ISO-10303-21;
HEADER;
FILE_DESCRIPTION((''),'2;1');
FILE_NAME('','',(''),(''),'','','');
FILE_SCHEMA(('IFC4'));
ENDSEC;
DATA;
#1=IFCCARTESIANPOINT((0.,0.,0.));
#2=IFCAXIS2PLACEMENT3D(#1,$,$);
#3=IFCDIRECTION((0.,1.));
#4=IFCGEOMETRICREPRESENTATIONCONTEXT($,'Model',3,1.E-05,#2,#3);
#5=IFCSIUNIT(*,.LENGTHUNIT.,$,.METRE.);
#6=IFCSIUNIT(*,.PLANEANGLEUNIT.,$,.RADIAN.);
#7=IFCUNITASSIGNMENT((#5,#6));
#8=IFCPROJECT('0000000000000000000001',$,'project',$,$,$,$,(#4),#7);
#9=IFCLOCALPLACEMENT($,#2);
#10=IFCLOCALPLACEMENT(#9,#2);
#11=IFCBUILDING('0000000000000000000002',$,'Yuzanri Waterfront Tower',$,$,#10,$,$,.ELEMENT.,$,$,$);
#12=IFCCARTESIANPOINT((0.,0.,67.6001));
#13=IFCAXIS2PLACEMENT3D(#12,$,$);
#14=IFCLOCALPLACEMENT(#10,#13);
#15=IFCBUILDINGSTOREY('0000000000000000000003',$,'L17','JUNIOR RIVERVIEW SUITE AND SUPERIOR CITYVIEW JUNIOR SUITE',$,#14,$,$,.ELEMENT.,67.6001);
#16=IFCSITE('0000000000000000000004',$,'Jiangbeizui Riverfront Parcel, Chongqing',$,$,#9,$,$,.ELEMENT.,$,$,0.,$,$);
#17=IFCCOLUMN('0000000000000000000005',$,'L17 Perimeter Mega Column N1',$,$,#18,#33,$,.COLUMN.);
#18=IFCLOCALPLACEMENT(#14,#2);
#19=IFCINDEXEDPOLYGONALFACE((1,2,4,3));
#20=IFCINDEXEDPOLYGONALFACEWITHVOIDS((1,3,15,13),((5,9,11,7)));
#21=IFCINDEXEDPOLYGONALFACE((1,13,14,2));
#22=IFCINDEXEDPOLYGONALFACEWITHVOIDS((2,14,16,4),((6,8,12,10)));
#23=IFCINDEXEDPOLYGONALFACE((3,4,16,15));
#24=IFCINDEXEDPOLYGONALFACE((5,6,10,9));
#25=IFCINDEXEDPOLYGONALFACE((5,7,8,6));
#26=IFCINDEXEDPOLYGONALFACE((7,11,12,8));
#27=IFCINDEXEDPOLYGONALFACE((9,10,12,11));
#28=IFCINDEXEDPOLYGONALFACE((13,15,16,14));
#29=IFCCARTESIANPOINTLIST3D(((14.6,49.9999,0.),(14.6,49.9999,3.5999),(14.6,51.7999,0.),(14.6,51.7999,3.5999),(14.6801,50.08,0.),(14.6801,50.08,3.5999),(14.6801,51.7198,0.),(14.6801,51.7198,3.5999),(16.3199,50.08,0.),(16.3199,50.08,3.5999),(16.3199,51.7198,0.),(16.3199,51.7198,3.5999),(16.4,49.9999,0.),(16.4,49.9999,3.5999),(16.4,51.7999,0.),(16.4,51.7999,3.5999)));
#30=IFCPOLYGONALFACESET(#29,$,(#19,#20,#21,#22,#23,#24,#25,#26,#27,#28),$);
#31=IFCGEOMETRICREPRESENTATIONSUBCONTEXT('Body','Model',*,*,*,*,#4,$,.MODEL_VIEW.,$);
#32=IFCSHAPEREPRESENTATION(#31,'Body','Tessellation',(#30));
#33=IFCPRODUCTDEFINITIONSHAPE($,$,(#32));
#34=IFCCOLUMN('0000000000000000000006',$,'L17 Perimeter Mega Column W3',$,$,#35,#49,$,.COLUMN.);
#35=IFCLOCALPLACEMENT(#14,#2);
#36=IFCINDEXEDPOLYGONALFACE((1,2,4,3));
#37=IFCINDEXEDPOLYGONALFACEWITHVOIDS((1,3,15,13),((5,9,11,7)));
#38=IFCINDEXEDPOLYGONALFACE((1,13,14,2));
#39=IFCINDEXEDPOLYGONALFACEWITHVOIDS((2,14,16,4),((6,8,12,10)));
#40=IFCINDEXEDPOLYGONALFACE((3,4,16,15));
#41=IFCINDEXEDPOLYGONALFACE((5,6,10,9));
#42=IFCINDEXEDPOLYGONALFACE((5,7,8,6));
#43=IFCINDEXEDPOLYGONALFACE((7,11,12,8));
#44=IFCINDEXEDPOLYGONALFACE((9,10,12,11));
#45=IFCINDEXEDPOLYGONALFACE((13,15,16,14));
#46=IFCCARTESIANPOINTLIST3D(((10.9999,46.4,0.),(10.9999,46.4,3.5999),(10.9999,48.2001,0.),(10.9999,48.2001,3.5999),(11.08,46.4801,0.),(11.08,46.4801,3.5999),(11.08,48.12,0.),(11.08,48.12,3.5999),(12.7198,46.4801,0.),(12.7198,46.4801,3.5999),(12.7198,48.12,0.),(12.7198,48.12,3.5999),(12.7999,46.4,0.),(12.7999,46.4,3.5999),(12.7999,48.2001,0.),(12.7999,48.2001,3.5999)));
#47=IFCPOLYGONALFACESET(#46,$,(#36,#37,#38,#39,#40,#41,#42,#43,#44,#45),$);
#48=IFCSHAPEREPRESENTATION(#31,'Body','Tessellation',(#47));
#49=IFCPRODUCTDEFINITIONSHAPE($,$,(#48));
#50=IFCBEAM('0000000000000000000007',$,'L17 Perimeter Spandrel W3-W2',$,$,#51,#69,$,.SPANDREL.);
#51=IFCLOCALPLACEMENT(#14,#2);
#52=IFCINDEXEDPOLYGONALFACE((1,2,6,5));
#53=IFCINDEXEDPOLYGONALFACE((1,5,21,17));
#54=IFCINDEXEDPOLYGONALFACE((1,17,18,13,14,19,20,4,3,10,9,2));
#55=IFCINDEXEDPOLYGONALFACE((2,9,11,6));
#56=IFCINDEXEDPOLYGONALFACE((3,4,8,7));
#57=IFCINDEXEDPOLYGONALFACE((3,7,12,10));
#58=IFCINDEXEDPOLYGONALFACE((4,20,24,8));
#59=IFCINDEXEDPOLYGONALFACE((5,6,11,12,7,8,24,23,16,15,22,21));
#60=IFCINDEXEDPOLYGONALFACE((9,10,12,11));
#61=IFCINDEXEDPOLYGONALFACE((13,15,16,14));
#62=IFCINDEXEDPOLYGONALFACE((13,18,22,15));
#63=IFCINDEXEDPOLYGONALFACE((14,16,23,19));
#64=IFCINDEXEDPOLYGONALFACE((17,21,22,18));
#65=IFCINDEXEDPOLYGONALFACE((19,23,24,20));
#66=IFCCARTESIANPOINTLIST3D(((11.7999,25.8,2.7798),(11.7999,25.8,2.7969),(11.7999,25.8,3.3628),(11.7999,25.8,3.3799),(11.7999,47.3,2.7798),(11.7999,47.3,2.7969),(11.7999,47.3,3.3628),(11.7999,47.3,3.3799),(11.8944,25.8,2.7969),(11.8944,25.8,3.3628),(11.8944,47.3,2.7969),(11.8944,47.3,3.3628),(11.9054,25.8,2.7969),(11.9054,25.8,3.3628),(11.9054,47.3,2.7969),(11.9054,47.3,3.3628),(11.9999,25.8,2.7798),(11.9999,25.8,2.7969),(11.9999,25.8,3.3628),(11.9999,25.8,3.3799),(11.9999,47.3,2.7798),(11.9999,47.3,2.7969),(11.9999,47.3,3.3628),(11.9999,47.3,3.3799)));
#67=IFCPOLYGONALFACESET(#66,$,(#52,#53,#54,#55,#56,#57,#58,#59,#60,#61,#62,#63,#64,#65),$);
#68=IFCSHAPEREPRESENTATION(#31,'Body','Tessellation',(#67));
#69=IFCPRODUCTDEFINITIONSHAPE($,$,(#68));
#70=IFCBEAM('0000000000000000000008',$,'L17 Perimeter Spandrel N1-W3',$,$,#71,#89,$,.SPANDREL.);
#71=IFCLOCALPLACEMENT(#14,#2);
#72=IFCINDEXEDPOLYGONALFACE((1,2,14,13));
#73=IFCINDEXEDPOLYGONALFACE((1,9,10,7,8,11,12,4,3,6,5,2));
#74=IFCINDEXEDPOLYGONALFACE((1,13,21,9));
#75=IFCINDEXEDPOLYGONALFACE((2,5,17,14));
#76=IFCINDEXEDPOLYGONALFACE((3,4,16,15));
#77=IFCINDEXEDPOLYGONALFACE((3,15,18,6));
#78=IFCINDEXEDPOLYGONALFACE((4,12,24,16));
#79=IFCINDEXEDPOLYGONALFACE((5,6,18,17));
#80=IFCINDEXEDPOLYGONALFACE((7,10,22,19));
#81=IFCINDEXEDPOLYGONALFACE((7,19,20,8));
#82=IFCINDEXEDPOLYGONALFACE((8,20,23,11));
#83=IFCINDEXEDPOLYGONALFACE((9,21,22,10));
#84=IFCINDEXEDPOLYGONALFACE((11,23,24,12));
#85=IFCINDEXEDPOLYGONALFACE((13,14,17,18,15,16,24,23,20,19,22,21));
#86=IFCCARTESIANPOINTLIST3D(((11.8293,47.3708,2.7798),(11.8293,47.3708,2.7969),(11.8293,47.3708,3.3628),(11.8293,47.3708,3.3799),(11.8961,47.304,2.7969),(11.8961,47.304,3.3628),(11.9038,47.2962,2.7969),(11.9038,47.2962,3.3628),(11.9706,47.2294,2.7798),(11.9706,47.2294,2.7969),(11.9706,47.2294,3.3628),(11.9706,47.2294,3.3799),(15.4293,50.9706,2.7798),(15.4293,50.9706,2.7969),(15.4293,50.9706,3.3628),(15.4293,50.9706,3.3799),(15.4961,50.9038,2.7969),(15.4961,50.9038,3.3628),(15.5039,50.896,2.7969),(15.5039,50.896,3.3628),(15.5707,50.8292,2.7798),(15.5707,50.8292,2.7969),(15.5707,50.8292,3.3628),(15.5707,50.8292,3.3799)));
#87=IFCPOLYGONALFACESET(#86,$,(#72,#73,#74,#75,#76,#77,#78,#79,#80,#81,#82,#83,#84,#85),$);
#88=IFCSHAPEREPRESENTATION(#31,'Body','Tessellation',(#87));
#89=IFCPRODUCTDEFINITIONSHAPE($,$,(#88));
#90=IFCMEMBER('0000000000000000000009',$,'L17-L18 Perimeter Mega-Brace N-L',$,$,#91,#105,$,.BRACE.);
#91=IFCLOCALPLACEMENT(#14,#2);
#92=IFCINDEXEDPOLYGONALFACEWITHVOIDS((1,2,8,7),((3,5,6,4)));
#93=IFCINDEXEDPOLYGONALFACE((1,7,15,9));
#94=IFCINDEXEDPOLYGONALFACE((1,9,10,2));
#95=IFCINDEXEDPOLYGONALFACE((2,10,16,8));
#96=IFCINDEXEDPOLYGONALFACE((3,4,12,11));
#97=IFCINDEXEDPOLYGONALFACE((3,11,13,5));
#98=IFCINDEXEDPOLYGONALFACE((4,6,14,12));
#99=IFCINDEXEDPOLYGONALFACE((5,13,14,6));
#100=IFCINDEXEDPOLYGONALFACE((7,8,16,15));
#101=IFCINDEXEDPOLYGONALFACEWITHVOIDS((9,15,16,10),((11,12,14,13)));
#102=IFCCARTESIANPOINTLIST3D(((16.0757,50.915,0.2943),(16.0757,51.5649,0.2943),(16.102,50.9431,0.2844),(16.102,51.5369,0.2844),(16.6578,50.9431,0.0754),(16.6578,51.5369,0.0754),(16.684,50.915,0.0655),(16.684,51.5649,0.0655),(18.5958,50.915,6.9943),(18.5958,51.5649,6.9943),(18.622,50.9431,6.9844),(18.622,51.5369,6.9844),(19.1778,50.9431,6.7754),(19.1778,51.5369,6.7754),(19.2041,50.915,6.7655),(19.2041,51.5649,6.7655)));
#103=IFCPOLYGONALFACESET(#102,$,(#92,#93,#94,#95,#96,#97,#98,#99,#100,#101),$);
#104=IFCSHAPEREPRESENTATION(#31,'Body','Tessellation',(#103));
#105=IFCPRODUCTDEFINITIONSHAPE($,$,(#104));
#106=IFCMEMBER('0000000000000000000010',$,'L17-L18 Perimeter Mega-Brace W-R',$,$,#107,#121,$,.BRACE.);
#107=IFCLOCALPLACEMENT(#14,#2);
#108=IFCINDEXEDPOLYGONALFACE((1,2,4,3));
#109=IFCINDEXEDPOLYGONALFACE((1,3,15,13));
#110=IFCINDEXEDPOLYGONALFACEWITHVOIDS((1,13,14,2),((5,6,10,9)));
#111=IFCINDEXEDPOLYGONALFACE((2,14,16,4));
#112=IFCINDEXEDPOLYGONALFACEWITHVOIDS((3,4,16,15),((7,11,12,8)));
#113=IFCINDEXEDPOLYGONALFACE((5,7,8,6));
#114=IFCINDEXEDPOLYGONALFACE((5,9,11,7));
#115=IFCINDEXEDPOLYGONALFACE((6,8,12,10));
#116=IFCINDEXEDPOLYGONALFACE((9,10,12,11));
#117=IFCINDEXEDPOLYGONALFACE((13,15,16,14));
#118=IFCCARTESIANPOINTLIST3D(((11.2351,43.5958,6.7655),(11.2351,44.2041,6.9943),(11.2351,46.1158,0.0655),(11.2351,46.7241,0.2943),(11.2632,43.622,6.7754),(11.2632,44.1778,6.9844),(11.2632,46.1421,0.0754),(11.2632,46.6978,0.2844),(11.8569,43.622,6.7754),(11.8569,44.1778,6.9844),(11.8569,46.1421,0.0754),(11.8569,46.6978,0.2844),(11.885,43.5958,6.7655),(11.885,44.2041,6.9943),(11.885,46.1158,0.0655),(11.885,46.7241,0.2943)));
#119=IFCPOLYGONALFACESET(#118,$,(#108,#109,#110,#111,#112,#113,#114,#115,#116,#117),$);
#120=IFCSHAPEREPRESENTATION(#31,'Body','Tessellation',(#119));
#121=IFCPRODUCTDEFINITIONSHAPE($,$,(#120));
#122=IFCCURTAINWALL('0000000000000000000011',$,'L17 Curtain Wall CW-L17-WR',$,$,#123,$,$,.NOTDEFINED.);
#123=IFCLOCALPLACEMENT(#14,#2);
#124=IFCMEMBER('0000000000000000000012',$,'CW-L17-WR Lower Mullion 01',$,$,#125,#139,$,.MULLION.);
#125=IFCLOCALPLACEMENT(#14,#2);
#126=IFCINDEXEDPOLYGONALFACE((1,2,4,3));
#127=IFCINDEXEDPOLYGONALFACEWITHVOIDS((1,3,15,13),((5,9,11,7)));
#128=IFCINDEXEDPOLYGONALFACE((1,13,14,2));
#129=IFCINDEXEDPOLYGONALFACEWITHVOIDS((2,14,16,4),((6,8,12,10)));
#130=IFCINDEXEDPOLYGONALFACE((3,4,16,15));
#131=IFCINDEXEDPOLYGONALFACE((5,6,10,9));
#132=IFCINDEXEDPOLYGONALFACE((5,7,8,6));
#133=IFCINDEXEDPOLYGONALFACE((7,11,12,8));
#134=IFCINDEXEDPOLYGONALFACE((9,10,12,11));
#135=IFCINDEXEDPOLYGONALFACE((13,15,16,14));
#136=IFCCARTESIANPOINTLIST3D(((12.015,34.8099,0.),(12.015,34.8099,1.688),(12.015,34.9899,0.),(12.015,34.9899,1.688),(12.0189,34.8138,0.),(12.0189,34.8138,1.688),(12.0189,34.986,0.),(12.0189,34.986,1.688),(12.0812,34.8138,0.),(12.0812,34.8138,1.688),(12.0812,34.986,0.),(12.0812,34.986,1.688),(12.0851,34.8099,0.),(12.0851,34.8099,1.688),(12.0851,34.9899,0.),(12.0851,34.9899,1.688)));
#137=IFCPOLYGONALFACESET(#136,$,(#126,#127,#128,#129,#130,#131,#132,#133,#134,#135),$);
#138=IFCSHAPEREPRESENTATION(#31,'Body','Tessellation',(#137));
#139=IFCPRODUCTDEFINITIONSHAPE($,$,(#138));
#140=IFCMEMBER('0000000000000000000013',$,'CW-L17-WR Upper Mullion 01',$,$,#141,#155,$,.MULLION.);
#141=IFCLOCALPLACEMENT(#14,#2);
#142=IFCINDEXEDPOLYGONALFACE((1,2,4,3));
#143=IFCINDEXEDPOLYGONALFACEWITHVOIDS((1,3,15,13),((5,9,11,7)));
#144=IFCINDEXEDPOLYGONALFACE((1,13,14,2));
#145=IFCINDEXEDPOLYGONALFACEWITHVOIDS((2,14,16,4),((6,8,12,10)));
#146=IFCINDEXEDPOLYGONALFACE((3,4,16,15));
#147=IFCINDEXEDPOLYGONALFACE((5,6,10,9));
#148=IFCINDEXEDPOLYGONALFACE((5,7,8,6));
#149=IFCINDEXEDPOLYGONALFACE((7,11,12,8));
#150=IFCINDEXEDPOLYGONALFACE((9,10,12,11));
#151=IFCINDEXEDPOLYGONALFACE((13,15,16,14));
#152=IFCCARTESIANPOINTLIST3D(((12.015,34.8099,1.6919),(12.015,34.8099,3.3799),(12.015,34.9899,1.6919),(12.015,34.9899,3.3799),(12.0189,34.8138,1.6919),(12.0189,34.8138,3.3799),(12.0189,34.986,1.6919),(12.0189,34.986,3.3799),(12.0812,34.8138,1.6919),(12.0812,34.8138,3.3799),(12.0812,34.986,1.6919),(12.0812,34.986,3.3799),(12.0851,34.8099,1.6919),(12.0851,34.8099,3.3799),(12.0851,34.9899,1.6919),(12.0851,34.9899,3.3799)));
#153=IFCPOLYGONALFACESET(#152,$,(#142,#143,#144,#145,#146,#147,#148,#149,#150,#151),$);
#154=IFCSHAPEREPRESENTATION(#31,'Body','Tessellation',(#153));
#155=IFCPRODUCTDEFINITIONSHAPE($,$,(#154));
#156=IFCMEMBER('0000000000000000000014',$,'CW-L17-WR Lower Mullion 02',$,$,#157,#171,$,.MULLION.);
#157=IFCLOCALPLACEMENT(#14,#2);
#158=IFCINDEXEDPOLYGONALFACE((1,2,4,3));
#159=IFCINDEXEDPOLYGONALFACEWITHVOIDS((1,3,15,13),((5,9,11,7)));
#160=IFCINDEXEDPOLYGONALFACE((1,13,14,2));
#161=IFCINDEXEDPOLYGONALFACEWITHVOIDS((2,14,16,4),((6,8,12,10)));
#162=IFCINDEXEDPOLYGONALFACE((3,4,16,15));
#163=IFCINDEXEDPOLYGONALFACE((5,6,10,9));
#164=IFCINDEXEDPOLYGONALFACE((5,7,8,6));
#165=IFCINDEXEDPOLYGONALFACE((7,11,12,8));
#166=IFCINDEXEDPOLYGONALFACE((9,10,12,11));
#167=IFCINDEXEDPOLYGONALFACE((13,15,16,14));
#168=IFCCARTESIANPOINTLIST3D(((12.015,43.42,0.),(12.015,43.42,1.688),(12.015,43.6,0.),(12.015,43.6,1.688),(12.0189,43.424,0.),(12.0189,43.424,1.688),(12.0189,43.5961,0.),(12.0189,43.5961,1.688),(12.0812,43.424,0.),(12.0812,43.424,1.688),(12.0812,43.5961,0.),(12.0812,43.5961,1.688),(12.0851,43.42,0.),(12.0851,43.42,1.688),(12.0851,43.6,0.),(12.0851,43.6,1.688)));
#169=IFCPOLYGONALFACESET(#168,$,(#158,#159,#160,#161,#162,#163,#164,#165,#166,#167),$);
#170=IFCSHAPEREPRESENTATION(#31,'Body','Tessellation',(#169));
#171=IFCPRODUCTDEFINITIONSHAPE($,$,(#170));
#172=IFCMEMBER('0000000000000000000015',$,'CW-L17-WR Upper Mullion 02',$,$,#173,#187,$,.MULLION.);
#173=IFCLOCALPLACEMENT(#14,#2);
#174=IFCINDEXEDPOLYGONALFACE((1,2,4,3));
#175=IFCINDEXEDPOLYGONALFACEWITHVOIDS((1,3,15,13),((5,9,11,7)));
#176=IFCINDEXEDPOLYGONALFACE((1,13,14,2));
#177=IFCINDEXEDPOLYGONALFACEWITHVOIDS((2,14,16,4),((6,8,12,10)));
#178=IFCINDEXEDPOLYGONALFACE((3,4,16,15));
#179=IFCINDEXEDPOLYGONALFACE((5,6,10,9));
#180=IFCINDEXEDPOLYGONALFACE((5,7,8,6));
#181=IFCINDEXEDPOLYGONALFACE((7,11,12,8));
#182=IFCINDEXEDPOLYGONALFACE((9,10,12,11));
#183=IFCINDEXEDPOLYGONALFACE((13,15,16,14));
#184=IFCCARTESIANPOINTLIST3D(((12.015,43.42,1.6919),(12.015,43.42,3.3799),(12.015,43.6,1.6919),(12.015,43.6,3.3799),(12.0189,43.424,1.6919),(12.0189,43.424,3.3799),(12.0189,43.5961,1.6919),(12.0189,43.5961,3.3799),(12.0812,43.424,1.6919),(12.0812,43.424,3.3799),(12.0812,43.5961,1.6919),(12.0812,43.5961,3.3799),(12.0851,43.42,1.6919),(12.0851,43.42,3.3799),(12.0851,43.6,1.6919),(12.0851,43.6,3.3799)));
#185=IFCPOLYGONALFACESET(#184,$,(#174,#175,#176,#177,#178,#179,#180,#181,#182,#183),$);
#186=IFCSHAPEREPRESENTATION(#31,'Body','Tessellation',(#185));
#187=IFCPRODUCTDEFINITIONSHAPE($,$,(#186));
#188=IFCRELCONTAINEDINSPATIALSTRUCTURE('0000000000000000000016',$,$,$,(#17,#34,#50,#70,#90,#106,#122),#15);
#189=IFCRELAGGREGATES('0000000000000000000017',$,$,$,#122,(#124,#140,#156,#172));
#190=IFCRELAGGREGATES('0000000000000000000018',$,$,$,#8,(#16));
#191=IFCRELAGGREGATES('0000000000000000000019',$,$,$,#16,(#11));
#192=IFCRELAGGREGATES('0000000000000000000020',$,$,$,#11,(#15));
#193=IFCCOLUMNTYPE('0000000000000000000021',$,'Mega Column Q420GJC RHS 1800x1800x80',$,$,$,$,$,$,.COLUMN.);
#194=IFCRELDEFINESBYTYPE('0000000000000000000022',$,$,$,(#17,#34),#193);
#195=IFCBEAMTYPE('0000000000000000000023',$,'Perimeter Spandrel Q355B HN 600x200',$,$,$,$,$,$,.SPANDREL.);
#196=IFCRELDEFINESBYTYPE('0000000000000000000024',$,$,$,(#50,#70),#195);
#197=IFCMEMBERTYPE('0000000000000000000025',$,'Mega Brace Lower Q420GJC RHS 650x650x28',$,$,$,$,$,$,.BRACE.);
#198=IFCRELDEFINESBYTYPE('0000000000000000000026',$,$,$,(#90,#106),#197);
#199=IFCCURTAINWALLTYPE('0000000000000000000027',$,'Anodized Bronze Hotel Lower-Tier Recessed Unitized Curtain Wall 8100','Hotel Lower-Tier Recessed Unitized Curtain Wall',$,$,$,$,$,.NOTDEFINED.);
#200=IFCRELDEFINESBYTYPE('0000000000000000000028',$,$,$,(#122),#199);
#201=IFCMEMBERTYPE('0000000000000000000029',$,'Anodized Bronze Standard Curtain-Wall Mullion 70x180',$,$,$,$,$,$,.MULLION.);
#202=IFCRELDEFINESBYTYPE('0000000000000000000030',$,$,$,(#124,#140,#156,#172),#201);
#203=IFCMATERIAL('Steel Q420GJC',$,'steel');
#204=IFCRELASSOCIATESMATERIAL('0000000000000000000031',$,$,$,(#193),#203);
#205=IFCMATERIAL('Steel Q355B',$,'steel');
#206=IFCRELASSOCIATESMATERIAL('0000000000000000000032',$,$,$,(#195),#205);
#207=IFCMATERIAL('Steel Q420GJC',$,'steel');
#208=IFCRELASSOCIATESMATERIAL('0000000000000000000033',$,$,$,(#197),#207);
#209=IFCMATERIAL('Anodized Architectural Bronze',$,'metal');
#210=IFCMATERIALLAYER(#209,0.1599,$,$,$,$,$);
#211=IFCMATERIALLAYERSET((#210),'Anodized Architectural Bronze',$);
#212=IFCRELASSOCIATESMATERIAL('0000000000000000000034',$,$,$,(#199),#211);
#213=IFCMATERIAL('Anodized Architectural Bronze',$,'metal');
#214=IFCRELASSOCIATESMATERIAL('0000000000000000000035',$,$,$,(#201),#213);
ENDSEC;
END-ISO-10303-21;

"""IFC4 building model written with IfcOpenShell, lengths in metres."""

from ifc_helpers import new_model, si_unit, direction, frame, origin, origin_2d, place, context, subcontext, project, spatial, hollow_rectangle, i_section, extrude, source, transform, mapped, material, layer, layer_set, material_profile, profile_set, type_object, element, aggregate, save


model = new_model("IFC4")

# Units and contexts
model_context = context("Model", 3, precision=1e-05, world=origin(), true_north=direction((0.0, 1.0)))
body_context = subcontext(model_context, "Body", "Model", "MODEL_VIEW")
ifc_project = project(units=[si_unit("LENGTHUNIT", "METRE"), si_unit("PLANEANGLEUNIT", "RADIAN")], contexts=[model_context])

# Site, building, storey
site_placement = place(None, origin())
site = spatial("IfcSite", under=ifc_project, at=site_placement, Name="Jiangbeizui Riverfront Parcel, Chongqing", CompositionType="ELEMENT", RefElevation=0.0)
building_placement = place(site_placement, origin())
building = spatial("IfcBuilding", under=site, at=building_placement, Name="Yuzanri Waterfront Tower", CompositionType="ELEMENT")
storey_placement = place(building_placement, frame((0.0, 0.0, 67.6001)))
storey = spatial("IfcBuildingStorey", under=building, at=storey_placement, Name="L17", Description="JUNIOR RIVERVIEW SUITE AND SUPERIOR CITYVIEW JUNIOR SUITE", CompositionType="ELEMENT", Elevation=67.6001)

# Columns
ifc_material_1 = material(Name="Steel Q420GJC", Category="steel")
ifc_material_profile_1 = material_profile(ifc_material_1, hollow_rectangle(XDim=1.8, YDim=1.8, WallThickness=0.0801, at=origin_2d()), Name="RHS 1800x1800x80")
ifc_profile_set_1 = profile_set([ifc_material_profile_1], Name="Steel Q420GJC")
column_type = type_object("IfcColumnType", Name="Mega Column Q420GJC RHS 1800x1800x80", PredefinedType="COLUMN", material=ifc_profile_set_1)
shared_shape_1 = source(origin(), body_context, "Body", "SweptSolid", [
    extrude(hollow_rectangle(XDim=1.8, YDim=1.8, WallThickness=0.0801, at=origin_2d()), origin(), (0.0, 0.0, 1.0), 3.5999),
])
for number, where, z_axis, x_axis, name in (
    (1, (15.5, 50.8999, 0.0), (0.0, 0.0, 1.0), (1.0, 0.0, 0.0), "L17 Perimeter Mega Column N1"),
    (2, (11.8999, 47.3, 0.0), (0.0, 0.0, 1.0), (1.0, 0.0, 0.0), "L17 Perimeter Mega Column W3"),
):
    element("IfcColumn", number, at=place(storey_placement, frame(where, z_axis=z_axis, x_axis=x_axis)), inside=storey, type_object=column_type, Name=name, PredefinedType="COLUMN", context=body_context, shape_type="MappedRepresentation", body=[
        mapped(shared_shape_1, transform((0.0, 0.0, 0.0), scale=1.0)),
    ])

# Beams
ifc_material_2 = material(Name="Steel Q355B", Category="steel")
ifc_material_profile_2 = material_profile(ifc_material_2, i_section(OverallWidth=0.2, OverallDepth=0.6001, WebThickness=0.011, FlangeThickness=0.0171, at=origin_2d()), Name="HN 600x200x11x17")
ifc_profile_set_2 = profile_set([ifc_material_profile_2], Name="Steel Q355B")
beam_type = type_object("IfcBeamType", Name="Perimeter Spandrel Q355B HN 600x200", PredefinedType="SPANDREL", material=ifc_profile_set_2)
shared_shape_2 = source(origin(), body_context, "Body", "SweptSolid", [
    extrude(i_section(OverallWidth=0.2, OverallDepth=0.6001, WebThickness=0.011, FlangeThickness=0.0171, at=origin_2d()), origin(), (0.0, 0.0, 1.0), 21.5),
])
beam_1_placement = place(storey_placement, frame((11.8999, 47.3, 3.0798), z_axis=(0.0, -1.0, 0.0), x_axis=(1.0, 0.0, 0.0)))
element("IfcBeam", 3, at=beam_1_placement, inside=storey, type_object=beam_type, Name="L17 Perimeter Spandrel W3-W2", PredefinedType="SPANDREL", context=body_context, shape_type="MappedRepresentation", body=[
    mapped(shared_shape_2, transform((0.0, 0.0, 0.0), scale=1.0)),
])
shared_shape_3 = source(origin(), body_context, "Body", "SweptSolid", [
    extrude(i_section(OverallWidth=0.2, OverallDepth=0.6001, WebThickness=0.011, FlangeThickness=0.0171, at=origin_2d()), origin(), (0.0, 0.0, 1.0), 5.0911),
])
beam_2_placement = place(storey_placement, frame((15.5, 50.8999, 3.0798), z_axis=(-0.707131, -0.707083, 0.0), x_axis=(0.707083, -0.707131, 0.0)))
element("IfcBeam", 4, at=beam_2_placement, inside=storey, type_object=beam_type, Name="L17 Perimeter Spandrel N1-W3", PredefinedType="SPANDREL", context=body_context, shape_type="MappedRepresentation", body=[
    mapped(shared_shape_3, transform((0.0, 0.0, 0.0), scale=1.0)),
])

# Members
ifc_material_3 = material(Name="Steel Q420GJC", Category="steel")
ifc_material_profile_3 = material_profile(ifc_material_3, hollow_rectangle(XDim=0.6499, YDim=0.6499, WallThickness=0.0281, at=origin_2d()), Name="RHS 650x650x28")
ifc_profile_set_3 = profile_set([ifc_material_profile_3], Name="Steel Q420GJC")
member_type_1 = type_object("IfcMemberType", Name="Mega Brace Lower Q420GJC RHS 650x650x28", PredefinedType="BRACE", material=ifc_profile_set_3)
shared_shape_4 = source(origin(), body_context, "Body", "SweptSolid", [
    extrude(hollow_rectangle(XDim=0.6499, YDim=0.6499, WallThickness=0.0281, at=origin_2d()), origin(), (0.0, 0.0, 1.0), 7.1582),
])
for number, where, z_axis, x_axis, name in (
    (5, (16.3799, 51.24, 0.1799), (0.352046, 0.0, 0.935983), (0.0, 1.0, 0.0), "L17-L18 Perimeter Mega-Brace N-L"),
    (6, (11.5601, 46.4199, 0.1799), (0.0, -0.352046, 0.935983), (1.0, 0.0, 0.0), "L17-L18 Perimeter Mega-Brace W-R"),
):
    element("IfcMember", number, at=place(storey_placement, frame(where, z_axis=z_axis, x_axis=x_axis)), inside=storey, type_object=member_type_1, Name=name, PredefinedType="BRACE", context=body_context, shape_type="MappedRepresentation", body=[
        mapped(shared_shape_4, transform((0.0, 0.0, 0.0), scale=1.0)),
    ])

# Curtain wall, members
ifc_material_4 = material(Name="Anodized Architectural Bronze", Category="metal")
ifc_layer_1 = layer(ifc_material_4, 0.1599)
ifc_layer_set_1 = layer_set([ifc_layer_1], Name="Anodized Architectural Bronze")
curtain_wall_type = type_object("IfcCurtainWallType", Name="Anodized Bronze Hotel Lower-Tier Recessed Unitized Curtain Wall 8100", Description="Hotel Lower-Tier Recessed Unitized Curtain Wall", PredefinedType="NOTDEFINED", material=ifc_layer_set_1)
curtain_wall_placement = place(storey_placement, origin())
curtain_wall = element("IfcCurtainWall", 7, at=curtain_wall_placement, inside=storey, type_object=curtain_wall_type, Name="L17 Curtain Wall CW-L17-WR", PredefinedType="NOTDEFINED")
ifc_material_5 = material(Name="Anodized Architectural Bronze", Category="metal")
ifc_material_profile_4 = material_profile(ifc_material_5, hollow_rectangle(XDim=0.0701, YDim=0.1799, WallThickness=0.0039, at=origin_2d()), Name="CWM 70x180")
ifc_profile_set_4 = profile_set([ifc_material_profile_4], Name="Anodized Architectural Bronze")
member_type_2 = type_object("IfcMemberType", Name="Anodized Bronze Standard Curtain-Wall Mullion 70x180", PredefinedType="MULLION", material=ifc_profile_set_4)
shared_shape_5 = source(origin(), body_context, "Body", "SweptSolid", [
    extrude(hollow_rectangle(XDim=0.0701, YDim=0.1799, WallThickness=0.0039, at=origin_2d()), origin(), (0.0, 0.0, 1.0), 1.688),
])
member_1_placement = place(storey_placement, frame((12.05, 34.8999, 0.0), z_axis=(0.0, 0.0, 1.0), x_axis=(1.0, 0.0, 0.0)))
member_1 = element("IfcMember", 8, at=member_1_placement, type_object=member_type_2, Name="CW-L17-WR Lower Mullion 01", PredefinedType="MULLION", context=body_context, shape_type="MappedRepresentation", body=[
    mapped(shared_shape_5, transform((0.0, 0.0, 0.0), scale=1.0)),
])
member_2_placement = place(storey_placement, frame((12.05, 34.8999, 1.6919), z_axis=(0.0, 0.0, 1.0), x_axis=(1.0, 0.0, 0.0)))
member_2 = element("IfcMember", 9, at=member_2_placement, type_object=member_type_2, Name="CW-L17-WR Upper Mullion 01", PredefinedType="MULLION", context=body_context, shape_type="MappedRepresentation", body=[
    mapped(shared_shape_5, transform((0.0, 0.0, 0.0), scale=1.0)),
])
member_3_placement = place(storey_placement, frame((12.05, 43.51, 0.0), z_axis=(0.0, 0.0, 1.0), x_axis=(1.0, 0.0, 0.0)))
member_3 = element("IfcMember", 10, at=member_3_placement, type_object=member_type_2, Name="CW-L17-WR Lower Mullion 02", PredefinedType="MULLION", context=body_context, shape_type="MappedRepresentation", body=[
    mapped(shared_shape_5, transform((0.0, 0.0, 0.0), scale=1.0)),
])
member_4_placement = place(storey_placement, frame((12.05, 43.51, 1.6919), z_axis=(0.0, 0.0, 1.0), x_axis=(1.0, 0.0, 0.0)))
member_4 = element("IfcMember", 11, at=member_4_placement, type_object=member_type_2, Name="CW-L17-WR Upper Mullion 02", PredefinedType="MULLION", context=body_context, shape_type="MappedRepresentation", body=[
    mapped(shared_shape_5, transform((0.0, 0.0, 0.0), scale=1.0)),
])

aggregate(curtain_wall, [member_1, member_2, member_3, member_4])

save(model, "model.ifc")
